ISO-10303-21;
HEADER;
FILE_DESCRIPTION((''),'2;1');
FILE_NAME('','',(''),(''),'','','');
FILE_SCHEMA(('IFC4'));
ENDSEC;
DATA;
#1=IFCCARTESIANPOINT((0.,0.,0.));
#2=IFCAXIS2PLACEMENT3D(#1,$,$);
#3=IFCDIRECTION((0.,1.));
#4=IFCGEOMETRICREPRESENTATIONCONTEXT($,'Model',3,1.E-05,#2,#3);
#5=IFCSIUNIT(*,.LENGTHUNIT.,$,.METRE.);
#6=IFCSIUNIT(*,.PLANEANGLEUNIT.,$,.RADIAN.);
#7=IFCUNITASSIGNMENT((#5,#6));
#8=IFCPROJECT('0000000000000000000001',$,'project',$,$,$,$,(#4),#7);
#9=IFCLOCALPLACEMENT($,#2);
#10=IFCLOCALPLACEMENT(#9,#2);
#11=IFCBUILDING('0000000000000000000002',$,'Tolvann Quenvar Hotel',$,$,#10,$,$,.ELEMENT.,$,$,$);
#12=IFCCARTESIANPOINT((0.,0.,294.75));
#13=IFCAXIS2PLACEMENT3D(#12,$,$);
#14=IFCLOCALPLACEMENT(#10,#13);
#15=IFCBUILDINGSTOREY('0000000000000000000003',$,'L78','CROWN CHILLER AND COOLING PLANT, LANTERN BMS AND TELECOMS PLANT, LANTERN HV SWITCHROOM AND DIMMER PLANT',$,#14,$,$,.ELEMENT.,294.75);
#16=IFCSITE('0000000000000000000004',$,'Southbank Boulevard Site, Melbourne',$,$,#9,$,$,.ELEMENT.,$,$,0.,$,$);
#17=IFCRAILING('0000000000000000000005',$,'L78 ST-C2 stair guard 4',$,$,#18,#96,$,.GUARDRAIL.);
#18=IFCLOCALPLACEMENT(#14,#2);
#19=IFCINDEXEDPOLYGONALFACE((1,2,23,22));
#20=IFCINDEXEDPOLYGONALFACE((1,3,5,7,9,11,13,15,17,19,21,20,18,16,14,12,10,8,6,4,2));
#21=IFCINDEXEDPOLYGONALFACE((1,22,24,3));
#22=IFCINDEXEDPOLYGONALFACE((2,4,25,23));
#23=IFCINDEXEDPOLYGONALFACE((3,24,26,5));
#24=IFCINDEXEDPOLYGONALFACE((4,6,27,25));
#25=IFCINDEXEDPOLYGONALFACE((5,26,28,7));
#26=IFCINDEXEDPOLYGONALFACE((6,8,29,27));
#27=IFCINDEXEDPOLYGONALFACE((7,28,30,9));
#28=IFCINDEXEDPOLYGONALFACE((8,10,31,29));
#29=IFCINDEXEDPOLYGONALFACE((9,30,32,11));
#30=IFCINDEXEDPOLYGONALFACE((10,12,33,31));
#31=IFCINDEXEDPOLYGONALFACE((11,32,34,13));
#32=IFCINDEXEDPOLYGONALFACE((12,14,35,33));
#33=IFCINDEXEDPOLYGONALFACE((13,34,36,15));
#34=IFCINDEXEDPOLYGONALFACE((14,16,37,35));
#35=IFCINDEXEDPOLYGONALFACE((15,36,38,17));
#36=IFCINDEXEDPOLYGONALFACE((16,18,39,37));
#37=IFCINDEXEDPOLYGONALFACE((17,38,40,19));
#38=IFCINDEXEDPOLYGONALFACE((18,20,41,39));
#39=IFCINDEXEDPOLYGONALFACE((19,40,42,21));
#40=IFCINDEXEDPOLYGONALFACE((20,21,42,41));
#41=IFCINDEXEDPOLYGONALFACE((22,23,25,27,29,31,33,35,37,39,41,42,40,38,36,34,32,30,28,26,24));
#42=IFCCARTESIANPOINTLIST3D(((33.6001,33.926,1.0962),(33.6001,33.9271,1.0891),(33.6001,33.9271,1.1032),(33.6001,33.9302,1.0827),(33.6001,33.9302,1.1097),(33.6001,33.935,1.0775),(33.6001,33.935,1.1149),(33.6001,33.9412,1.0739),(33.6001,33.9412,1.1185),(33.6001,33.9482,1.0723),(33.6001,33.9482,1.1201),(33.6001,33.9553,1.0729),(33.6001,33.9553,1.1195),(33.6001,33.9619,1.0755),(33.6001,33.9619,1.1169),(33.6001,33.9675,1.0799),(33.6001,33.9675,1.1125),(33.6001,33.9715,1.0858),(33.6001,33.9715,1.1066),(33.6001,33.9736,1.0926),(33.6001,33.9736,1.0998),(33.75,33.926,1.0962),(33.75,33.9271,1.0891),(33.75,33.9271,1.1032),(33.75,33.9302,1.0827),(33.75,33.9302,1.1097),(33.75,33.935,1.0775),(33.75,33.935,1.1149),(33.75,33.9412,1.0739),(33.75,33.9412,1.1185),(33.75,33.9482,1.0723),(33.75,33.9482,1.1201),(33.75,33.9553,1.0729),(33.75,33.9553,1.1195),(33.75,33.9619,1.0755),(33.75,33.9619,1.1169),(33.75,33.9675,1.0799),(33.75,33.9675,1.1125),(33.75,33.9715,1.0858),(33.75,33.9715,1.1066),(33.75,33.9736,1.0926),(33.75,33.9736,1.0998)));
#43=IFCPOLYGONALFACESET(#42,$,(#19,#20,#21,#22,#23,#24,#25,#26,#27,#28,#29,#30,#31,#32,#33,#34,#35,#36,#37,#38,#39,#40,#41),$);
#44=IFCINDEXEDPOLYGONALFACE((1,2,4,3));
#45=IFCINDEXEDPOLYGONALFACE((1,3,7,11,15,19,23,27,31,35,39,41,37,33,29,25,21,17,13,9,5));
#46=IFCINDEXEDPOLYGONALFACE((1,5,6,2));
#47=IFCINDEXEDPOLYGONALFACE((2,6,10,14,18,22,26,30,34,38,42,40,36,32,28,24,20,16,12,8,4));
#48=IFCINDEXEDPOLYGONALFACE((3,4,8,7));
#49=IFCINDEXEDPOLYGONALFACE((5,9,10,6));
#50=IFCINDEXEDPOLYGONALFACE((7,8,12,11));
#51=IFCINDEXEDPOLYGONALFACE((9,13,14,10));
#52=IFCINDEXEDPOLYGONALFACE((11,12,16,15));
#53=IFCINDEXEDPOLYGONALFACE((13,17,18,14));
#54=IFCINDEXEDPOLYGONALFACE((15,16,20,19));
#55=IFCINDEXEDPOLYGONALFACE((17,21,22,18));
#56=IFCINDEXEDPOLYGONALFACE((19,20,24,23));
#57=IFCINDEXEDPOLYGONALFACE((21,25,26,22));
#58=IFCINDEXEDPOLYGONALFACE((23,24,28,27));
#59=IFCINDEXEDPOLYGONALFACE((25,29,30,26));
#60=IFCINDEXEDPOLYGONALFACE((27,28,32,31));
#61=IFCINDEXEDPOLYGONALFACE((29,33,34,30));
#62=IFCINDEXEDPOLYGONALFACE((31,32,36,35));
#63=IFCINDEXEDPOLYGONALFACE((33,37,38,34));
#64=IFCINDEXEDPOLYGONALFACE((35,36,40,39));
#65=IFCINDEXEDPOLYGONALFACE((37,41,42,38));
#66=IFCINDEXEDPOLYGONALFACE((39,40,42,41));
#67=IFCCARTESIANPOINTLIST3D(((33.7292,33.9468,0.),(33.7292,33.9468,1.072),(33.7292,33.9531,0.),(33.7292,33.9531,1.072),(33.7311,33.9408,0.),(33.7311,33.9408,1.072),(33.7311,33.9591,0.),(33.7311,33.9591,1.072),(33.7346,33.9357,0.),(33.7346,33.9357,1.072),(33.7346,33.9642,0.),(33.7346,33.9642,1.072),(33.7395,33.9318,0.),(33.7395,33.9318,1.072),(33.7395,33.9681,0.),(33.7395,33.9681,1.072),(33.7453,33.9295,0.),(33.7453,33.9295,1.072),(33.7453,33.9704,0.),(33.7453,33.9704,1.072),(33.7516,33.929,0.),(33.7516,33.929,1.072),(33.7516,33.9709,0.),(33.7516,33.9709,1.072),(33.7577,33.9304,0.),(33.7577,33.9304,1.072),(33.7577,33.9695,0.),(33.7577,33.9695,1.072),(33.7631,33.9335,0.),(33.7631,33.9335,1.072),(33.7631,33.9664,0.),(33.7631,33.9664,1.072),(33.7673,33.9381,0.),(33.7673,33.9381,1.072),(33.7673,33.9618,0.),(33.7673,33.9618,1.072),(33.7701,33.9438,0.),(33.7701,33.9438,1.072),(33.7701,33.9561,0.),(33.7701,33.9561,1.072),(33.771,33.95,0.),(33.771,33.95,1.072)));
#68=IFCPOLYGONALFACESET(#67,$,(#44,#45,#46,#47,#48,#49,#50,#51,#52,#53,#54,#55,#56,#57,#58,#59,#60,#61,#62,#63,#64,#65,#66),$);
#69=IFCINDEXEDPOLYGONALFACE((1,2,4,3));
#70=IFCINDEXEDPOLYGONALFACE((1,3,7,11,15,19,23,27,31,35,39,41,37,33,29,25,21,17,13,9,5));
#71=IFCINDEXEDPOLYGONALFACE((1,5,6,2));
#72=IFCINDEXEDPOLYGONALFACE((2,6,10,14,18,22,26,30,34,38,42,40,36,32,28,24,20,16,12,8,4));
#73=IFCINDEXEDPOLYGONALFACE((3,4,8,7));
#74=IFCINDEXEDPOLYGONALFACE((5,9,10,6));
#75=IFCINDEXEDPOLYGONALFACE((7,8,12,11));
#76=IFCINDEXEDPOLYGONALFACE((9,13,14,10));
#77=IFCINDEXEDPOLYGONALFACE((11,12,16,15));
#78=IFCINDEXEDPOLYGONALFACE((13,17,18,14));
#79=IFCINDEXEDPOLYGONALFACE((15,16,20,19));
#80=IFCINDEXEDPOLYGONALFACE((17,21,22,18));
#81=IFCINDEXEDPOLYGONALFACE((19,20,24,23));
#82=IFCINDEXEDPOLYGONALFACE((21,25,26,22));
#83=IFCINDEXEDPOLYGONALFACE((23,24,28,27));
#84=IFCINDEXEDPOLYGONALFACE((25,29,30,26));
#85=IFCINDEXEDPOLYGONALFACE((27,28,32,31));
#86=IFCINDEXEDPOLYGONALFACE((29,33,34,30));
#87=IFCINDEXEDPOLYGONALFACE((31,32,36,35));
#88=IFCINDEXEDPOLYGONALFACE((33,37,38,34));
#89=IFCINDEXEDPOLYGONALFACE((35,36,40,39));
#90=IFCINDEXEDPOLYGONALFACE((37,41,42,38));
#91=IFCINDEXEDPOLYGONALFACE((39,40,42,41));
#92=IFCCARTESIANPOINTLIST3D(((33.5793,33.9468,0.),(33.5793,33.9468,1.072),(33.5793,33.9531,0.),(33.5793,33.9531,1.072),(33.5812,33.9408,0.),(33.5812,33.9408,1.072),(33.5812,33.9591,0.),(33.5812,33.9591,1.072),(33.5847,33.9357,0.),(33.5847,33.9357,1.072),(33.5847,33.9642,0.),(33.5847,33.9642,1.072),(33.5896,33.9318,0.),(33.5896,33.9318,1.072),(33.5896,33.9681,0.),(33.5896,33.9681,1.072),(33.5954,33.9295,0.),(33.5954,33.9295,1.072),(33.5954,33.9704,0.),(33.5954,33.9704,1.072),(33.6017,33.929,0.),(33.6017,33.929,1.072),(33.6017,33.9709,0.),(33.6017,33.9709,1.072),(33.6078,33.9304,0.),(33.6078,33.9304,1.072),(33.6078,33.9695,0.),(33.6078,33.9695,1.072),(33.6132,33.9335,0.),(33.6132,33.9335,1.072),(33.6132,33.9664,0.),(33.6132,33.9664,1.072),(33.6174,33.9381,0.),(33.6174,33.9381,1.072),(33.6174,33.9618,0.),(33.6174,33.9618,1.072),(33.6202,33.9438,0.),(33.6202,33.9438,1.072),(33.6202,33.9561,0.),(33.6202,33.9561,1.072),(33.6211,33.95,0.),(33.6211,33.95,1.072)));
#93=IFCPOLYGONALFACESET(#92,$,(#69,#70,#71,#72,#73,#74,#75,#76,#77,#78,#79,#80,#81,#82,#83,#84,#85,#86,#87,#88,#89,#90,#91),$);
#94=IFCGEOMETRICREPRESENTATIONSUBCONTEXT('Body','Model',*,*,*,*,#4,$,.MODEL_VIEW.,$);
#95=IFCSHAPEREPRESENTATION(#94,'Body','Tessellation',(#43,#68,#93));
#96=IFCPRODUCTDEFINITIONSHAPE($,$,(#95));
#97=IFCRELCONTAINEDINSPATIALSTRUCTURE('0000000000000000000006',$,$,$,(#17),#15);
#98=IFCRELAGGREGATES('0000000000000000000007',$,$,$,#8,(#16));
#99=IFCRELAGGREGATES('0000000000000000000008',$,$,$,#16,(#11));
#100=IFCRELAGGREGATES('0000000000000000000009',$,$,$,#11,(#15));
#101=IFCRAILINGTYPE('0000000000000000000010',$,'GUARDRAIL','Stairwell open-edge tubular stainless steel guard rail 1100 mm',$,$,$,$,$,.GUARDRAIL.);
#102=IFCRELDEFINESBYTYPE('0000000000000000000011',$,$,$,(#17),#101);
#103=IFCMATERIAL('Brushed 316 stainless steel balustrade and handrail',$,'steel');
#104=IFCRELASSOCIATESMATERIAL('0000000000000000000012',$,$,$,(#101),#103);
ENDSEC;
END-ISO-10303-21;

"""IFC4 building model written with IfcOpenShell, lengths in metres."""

from ifc_helpers import new_model, si_unit, direction, frame, origin, origin_2d, place, context, subcontext, project, spatial, circle, extrude, material, type_object, element, save


model = new_model("IFC4")

# Units and contexts
model_context = context("Model", 3, precision=1e-05, world=origin(), true_north=direction((0.0, 1.0)))
body_context = subcontext(model_context, "Body", "Model", "MODEL_VIEW")
ifc_project = project(units=[si_unit("LENGTHUNIT", "METRE"), si_unit("PLANEANGLEUNIT", "RADIAN")], contexts=[model_context])

# Site, building, storey
site_placement = place(None, origin())
site = spatial("IfcSite", under=ifc_project, at=site_placement, Name="Southbank Boulevard Site, Melbourne", CompositionType="ELEMENT", RefElevation=0.0)
building_placement = place(site_placement, origin())
building = spatial("IfcBuilding", under=site, at=building_placement, Name="Tolvann Quenvar Hotel", CompositionType="ELEMENT")
storey_placement = place(building_placement, frame((0.0, 0.0, 294.75)))
storey = spatial("IfcBuildingStorey", under=building, at=storey_placement, Name="L78", Description="CROWN CHILLER AND COOLING PLANT, LANTERN BMS AND TELECOMS PLANT, LANTERN HV SWITCHROOM AND DIMMER PLANT", CompositionType="ELEMENT", Elevation=294.75)

# Railing
ifc_material_1 = material(Name="Brushed 316 stainless steel balustrade and handrail", Category="steel")
railing_type_1 = type_object("IfcRailingType", Name="GUARDRAIL", Description="Stairwell open-edge tubular stainless steel guard rail 1100 mm", PredefinedType="GUARDRAIL", material=ifc_material_1)
railing_1_placement = place(storey_placement, frame((33.75, 33.95, 0.0)))
element("IfcRailing", 1, at=railing_1_placement, inside=storey, type_object=railing_type_1, Name="L78 ST-C2 stair guard 4", PredefinedType="GUARDRAIL", context=body_context, shape_type="SweptSolid", body=[
    extrude(circle(Radius=0.0239, at=origin_2d()), frame((0.0, 0.0, 1.0962), z_axis=(-1.0, 0.0, 0.0), x_axis=(0.0, -1.0, 0.0)), (0.0, 0.0, 1.0), 0.1499),
    extrude(circle(Radius=0.021, at=origin_2d()), origin(), (0.0, 0.0, 1.0), 1.072),
    extrude(circle(Radius=0.021, at=origin_2d()), frame((-0.1499, 0.0, 0.0)), (0.0, 0.0, 1.0), 1.072),
])

save(model, "model.ifc")
